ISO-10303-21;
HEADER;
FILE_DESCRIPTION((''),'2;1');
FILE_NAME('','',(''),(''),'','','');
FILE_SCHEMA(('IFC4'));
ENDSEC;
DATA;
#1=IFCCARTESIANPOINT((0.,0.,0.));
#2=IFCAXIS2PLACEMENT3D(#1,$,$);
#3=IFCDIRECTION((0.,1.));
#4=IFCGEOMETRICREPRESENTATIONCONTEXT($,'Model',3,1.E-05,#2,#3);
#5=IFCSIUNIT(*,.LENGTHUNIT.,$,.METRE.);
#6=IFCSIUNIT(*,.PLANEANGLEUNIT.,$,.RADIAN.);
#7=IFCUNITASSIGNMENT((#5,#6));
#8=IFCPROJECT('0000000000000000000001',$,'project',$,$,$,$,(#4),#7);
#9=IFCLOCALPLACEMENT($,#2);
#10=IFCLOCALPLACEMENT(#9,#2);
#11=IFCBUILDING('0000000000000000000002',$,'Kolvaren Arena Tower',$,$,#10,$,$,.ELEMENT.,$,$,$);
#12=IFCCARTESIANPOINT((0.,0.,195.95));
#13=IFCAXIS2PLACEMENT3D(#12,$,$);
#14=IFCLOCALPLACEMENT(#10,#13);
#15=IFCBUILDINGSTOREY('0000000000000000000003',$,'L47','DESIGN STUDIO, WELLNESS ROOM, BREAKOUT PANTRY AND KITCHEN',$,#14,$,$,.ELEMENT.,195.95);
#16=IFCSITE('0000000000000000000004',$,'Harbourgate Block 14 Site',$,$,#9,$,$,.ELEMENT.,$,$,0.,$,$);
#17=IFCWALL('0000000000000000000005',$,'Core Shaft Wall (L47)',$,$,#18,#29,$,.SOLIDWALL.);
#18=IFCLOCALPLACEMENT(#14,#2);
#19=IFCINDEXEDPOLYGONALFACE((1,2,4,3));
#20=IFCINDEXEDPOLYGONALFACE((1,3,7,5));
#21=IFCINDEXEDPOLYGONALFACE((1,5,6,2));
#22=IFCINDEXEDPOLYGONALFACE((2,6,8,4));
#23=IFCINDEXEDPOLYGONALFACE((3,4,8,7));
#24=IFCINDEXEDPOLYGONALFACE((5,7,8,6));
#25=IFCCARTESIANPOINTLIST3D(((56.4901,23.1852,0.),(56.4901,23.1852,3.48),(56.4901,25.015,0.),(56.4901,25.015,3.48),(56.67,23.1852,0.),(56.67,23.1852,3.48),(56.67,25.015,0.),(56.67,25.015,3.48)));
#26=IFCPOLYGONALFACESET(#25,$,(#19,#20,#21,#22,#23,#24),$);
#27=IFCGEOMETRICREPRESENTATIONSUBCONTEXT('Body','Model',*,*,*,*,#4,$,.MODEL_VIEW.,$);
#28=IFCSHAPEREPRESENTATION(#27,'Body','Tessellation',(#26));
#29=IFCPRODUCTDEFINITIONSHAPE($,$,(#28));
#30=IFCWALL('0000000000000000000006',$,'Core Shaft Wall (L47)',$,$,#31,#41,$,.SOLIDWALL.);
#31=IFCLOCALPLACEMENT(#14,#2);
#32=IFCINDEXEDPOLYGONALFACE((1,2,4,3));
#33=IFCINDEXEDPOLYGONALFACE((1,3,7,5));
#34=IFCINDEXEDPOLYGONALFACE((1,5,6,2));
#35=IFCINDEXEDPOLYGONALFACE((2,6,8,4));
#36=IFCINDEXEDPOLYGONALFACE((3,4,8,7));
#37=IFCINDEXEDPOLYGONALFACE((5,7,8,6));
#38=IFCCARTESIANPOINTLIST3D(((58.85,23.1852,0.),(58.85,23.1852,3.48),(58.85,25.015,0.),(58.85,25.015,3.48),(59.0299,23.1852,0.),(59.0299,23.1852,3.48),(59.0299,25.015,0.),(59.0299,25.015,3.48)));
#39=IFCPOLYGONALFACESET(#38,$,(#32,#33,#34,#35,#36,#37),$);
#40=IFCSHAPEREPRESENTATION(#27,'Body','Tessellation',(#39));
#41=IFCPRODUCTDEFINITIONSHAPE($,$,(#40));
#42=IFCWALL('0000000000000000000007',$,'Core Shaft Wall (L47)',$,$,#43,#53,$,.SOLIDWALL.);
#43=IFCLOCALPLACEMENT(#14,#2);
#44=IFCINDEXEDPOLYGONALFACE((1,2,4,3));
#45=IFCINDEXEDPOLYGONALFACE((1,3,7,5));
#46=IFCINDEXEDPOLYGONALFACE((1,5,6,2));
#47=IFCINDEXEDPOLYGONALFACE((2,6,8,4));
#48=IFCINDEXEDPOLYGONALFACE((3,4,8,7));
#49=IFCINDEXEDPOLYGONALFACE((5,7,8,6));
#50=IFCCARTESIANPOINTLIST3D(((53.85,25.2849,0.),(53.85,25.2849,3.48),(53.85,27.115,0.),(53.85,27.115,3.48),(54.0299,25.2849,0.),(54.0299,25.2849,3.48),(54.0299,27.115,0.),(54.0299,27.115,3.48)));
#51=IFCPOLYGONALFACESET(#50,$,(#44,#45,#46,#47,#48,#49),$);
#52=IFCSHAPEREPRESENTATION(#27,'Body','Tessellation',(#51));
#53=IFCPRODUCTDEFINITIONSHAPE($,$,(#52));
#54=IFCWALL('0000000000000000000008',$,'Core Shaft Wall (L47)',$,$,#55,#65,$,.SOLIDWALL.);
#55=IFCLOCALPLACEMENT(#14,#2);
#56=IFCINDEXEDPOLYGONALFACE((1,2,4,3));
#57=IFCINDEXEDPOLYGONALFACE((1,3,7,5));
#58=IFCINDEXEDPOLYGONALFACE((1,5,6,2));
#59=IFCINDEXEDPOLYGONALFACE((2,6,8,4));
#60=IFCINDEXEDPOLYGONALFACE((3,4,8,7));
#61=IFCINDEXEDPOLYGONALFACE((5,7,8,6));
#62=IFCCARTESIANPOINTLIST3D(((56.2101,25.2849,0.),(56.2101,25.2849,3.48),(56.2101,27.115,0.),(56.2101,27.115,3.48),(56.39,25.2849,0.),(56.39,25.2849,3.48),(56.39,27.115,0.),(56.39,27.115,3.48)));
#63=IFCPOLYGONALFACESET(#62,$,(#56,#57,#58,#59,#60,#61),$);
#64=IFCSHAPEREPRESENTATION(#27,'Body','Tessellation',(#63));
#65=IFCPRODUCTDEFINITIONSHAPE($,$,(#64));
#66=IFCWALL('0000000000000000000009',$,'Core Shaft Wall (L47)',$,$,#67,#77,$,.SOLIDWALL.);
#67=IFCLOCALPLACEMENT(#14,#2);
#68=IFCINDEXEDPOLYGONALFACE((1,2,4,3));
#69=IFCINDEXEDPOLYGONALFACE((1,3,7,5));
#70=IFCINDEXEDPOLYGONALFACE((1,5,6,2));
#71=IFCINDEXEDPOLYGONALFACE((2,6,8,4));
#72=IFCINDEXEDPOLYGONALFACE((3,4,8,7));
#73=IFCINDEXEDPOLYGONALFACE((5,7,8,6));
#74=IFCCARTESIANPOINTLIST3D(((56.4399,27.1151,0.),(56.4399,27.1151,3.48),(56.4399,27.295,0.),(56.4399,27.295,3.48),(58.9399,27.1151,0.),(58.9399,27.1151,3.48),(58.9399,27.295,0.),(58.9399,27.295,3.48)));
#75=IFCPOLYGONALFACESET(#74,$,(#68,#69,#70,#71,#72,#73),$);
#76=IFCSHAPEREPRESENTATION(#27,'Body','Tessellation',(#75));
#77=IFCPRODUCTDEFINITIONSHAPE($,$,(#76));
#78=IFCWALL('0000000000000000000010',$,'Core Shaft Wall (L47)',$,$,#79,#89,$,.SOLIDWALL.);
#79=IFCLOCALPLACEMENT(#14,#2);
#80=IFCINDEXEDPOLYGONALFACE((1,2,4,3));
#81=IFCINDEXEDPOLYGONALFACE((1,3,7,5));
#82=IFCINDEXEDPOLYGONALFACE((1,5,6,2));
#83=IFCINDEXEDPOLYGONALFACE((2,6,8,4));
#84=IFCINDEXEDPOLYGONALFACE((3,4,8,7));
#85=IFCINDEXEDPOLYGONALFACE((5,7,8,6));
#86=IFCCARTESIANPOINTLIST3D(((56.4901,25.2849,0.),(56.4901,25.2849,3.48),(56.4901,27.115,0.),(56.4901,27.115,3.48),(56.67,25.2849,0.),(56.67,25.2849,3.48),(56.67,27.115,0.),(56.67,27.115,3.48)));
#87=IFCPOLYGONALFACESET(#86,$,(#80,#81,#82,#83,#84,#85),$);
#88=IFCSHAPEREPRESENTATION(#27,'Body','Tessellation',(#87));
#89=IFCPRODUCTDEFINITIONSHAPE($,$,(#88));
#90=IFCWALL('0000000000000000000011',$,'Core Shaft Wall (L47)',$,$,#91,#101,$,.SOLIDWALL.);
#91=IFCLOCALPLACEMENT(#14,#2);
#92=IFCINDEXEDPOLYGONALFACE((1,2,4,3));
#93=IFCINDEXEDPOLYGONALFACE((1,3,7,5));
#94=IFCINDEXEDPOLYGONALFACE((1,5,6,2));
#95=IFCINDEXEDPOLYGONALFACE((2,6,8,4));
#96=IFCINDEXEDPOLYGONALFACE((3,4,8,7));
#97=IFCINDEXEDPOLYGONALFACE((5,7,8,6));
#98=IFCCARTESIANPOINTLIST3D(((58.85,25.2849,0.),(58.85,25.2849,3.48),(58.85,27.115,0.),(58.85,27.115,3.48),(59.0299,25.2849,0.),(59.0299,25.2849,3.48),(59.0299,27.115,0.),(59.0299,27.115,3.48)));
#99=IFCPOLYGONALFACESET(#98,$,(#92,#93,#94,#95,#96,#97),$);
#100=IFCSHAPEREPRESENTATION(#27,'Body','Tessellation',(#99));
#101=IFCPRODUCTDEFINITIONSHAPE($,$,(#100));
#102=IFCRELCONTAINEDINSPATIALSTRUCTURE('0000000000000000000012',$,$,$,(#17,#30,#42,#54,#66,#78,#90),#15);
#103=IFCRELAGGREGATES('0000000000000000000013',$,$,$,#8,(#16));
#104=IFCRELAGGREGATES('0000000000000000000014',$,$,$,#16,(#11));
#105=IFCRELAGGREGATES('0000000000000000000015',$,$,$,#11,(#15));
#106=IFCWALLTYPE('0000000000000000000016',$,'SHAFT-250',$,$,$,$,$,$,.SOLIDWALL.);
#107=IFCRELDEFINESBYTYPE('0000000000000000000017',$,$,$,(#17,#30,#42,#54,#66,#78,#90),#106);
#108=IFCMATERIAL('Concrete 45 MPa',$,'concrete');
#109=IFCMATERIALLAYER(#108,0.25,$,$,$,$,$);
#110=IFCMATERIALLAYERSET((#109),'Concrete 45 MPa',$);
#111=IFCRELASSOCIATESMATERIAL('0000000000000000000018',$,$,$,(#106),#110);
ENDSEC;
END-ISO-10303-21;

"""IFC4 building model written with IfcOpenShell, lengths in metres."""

from ifc_helpers import new_model, si_unit, direction, frame, frame_2d, origin, place, context, subcontext, project, spatial, rectangle, extrude, material, layer, layer_set, type_object, element, save


model = new_model("IFC4")

# Units and contexts
model_context = context("Model", 3, precision=1e-05, world=origin(), true_north=direction((0.0, 1.0)))
body_context = subcontext(model_context, "Body", "Model", "MODEL_VIEW")
ifc_project = project(units=[si_unit("LENGTHUNIT", "METRE"), si_unit("PLANEANGLEUNIT", "RADIAN")], contexts=[model_context])

# Site, building, storey
site_placement = place(None, origin())
site = spatial("IfcSite", under=ifc_project, at=site_placement, Name="Harbourgate Block 14 Site", CompositionType="ELEMENT", RefElevation=0.0)
building_placement = place(site_placement, origin())
building = spatial("IfcBuilding", under=site, at=building_placement, Name="Kolvaren Arena Tower", CompositionType="ELEMENT")
storey_placement = place(building_placement, frame((0.0, 0.0, 195.95)))
storey = spatial("IfcBuildingStorey", under=building, at=storey_placement, Name="L47", Description="DESIGN STUDIO, WELLNESS ROOM, BREAKOUT PANTRY AND KITCHEN", CompositionType="ELEMENT", Elevation=195.95)

# Walls
ifc_material_1 = material(Name="Concrete 45 MPa", Category="concrete")
ifc_layer_1 = layer(ifc_material_1, 0.25)
ifc_layer_set_1 = layer_set([ifc_layer_1], Name="Concrete 45 MPa")
wall_type_1 = type_object("IfcWallType", Name="SHAFT-250", PredefinedType="SOLIDWALL", material=ifc_layer_set_1)
for number, where, z_axis, x_axis, name in (
    (1, (56.5801, 23.1851, 0.0), (0.0, 0.0, 1.0), (0.0, 1.0, 0.0), "Core Shaft Wall (L47)"),
    (2, (58.9399, 23.1851, 0.0), (0.0, 0.0, 1.0), (0.0, 1.0, 0.0), "Core Shaft Wall (L47)"),
):
    element("IfcWall", number, at=place(storey_placement, frame(where, z_axis=z_axis, x_axis=x_axis)), inside=storey, type_object=wall_type_1, Name=name, PredefinedType="SOLIDWALL", context=body_context, shape_type="SweptSolid", body=[
        extrude(rectangle(XDim=1.8298, YDim=0.1799, at=frame_2d((0.915, 0.0))), origin(), (0.0, 0.0, 1.0), 3.48),
    ])
for number, where, z_axis, x_axis, name in (
    (3, (53.9399, 25.2849, 0.0), (0.0, 0.0, 1.0), (0.0, 1.0, 0.0), "Core Shaft Wall (L47)"),
    (4, (56.3, 25.2849, 0.0), (0.0, 0.0, 1.0), (0.0, 1.0, 0.0), "Core Shaft Wall (L47)"),
):
    element("IfcWall", number, at=place(storey_placement, frame(where, z_axis=z_axis, x_axis=x_axis)), inside=storey, type_object=wall_type_1, Name=name, PredefinedType="SOLIDWALL", context=body_context, shape_type="SweptSolid", body=[
        extrude(rectangle(XDim=1.8301, YDim=0.1799, at=frame_2d((0.915, 0.0))), origin(), (0.0, 0.0, 1.0), 3.48),
    ])
wall_1_placement = place(storey_placement, frame((56.4399, 27.2051, 0.0), z_axis=(0.0, 0.0, 1.0), x_axis=(1.0, 0.0, 0.0)))
element("IfcWall", 5, at=wall_1_placement, inside=storey, type_object=wall_type_1, Name="Core Shaft Wall (L47)", PredefinedType="SOLIDWALL", context=body_context, shape_type="SweptSolid", body=[
    extrude(rectangle(XDim=2.5, YDim=0.1799, at=frame_2d((1.25, 0.0))), origin(), (0.0, 0.0, 1.0), 3.48),
])
for number, where, z_axis, x_axis, name in (
    (6, (56.5801, 25.2849, 0.0), (0.0, 0.0, 1.0), (0.0, 1.0, 0.0), "Core Shaft Wall (L47)"),
    (7, (58.9399, 25.2849, 0.0), (0.0, 0.0, 1.0), (0.0, 1.0, 0.0), "Core Shaft Wall (L47)"),
):
    element("IfcWall", number, at=place(storey_placement, frame(where, z_axis=z_axis, x_axis=x_axis)), inside=storey, type_object=wall_type_1, Name=name, PredefinedType="SOLIDWALL", context=body_context, shape_type="SweptSolid", body=[
        extrude(rectangle(XDim=1.8301, YDim=0.1799, at=frame_2d((0.915, 0.0))), origin(), (0.0, 0.0, 1.0), 3.48),
    ])

save(model, "model.ifc")
